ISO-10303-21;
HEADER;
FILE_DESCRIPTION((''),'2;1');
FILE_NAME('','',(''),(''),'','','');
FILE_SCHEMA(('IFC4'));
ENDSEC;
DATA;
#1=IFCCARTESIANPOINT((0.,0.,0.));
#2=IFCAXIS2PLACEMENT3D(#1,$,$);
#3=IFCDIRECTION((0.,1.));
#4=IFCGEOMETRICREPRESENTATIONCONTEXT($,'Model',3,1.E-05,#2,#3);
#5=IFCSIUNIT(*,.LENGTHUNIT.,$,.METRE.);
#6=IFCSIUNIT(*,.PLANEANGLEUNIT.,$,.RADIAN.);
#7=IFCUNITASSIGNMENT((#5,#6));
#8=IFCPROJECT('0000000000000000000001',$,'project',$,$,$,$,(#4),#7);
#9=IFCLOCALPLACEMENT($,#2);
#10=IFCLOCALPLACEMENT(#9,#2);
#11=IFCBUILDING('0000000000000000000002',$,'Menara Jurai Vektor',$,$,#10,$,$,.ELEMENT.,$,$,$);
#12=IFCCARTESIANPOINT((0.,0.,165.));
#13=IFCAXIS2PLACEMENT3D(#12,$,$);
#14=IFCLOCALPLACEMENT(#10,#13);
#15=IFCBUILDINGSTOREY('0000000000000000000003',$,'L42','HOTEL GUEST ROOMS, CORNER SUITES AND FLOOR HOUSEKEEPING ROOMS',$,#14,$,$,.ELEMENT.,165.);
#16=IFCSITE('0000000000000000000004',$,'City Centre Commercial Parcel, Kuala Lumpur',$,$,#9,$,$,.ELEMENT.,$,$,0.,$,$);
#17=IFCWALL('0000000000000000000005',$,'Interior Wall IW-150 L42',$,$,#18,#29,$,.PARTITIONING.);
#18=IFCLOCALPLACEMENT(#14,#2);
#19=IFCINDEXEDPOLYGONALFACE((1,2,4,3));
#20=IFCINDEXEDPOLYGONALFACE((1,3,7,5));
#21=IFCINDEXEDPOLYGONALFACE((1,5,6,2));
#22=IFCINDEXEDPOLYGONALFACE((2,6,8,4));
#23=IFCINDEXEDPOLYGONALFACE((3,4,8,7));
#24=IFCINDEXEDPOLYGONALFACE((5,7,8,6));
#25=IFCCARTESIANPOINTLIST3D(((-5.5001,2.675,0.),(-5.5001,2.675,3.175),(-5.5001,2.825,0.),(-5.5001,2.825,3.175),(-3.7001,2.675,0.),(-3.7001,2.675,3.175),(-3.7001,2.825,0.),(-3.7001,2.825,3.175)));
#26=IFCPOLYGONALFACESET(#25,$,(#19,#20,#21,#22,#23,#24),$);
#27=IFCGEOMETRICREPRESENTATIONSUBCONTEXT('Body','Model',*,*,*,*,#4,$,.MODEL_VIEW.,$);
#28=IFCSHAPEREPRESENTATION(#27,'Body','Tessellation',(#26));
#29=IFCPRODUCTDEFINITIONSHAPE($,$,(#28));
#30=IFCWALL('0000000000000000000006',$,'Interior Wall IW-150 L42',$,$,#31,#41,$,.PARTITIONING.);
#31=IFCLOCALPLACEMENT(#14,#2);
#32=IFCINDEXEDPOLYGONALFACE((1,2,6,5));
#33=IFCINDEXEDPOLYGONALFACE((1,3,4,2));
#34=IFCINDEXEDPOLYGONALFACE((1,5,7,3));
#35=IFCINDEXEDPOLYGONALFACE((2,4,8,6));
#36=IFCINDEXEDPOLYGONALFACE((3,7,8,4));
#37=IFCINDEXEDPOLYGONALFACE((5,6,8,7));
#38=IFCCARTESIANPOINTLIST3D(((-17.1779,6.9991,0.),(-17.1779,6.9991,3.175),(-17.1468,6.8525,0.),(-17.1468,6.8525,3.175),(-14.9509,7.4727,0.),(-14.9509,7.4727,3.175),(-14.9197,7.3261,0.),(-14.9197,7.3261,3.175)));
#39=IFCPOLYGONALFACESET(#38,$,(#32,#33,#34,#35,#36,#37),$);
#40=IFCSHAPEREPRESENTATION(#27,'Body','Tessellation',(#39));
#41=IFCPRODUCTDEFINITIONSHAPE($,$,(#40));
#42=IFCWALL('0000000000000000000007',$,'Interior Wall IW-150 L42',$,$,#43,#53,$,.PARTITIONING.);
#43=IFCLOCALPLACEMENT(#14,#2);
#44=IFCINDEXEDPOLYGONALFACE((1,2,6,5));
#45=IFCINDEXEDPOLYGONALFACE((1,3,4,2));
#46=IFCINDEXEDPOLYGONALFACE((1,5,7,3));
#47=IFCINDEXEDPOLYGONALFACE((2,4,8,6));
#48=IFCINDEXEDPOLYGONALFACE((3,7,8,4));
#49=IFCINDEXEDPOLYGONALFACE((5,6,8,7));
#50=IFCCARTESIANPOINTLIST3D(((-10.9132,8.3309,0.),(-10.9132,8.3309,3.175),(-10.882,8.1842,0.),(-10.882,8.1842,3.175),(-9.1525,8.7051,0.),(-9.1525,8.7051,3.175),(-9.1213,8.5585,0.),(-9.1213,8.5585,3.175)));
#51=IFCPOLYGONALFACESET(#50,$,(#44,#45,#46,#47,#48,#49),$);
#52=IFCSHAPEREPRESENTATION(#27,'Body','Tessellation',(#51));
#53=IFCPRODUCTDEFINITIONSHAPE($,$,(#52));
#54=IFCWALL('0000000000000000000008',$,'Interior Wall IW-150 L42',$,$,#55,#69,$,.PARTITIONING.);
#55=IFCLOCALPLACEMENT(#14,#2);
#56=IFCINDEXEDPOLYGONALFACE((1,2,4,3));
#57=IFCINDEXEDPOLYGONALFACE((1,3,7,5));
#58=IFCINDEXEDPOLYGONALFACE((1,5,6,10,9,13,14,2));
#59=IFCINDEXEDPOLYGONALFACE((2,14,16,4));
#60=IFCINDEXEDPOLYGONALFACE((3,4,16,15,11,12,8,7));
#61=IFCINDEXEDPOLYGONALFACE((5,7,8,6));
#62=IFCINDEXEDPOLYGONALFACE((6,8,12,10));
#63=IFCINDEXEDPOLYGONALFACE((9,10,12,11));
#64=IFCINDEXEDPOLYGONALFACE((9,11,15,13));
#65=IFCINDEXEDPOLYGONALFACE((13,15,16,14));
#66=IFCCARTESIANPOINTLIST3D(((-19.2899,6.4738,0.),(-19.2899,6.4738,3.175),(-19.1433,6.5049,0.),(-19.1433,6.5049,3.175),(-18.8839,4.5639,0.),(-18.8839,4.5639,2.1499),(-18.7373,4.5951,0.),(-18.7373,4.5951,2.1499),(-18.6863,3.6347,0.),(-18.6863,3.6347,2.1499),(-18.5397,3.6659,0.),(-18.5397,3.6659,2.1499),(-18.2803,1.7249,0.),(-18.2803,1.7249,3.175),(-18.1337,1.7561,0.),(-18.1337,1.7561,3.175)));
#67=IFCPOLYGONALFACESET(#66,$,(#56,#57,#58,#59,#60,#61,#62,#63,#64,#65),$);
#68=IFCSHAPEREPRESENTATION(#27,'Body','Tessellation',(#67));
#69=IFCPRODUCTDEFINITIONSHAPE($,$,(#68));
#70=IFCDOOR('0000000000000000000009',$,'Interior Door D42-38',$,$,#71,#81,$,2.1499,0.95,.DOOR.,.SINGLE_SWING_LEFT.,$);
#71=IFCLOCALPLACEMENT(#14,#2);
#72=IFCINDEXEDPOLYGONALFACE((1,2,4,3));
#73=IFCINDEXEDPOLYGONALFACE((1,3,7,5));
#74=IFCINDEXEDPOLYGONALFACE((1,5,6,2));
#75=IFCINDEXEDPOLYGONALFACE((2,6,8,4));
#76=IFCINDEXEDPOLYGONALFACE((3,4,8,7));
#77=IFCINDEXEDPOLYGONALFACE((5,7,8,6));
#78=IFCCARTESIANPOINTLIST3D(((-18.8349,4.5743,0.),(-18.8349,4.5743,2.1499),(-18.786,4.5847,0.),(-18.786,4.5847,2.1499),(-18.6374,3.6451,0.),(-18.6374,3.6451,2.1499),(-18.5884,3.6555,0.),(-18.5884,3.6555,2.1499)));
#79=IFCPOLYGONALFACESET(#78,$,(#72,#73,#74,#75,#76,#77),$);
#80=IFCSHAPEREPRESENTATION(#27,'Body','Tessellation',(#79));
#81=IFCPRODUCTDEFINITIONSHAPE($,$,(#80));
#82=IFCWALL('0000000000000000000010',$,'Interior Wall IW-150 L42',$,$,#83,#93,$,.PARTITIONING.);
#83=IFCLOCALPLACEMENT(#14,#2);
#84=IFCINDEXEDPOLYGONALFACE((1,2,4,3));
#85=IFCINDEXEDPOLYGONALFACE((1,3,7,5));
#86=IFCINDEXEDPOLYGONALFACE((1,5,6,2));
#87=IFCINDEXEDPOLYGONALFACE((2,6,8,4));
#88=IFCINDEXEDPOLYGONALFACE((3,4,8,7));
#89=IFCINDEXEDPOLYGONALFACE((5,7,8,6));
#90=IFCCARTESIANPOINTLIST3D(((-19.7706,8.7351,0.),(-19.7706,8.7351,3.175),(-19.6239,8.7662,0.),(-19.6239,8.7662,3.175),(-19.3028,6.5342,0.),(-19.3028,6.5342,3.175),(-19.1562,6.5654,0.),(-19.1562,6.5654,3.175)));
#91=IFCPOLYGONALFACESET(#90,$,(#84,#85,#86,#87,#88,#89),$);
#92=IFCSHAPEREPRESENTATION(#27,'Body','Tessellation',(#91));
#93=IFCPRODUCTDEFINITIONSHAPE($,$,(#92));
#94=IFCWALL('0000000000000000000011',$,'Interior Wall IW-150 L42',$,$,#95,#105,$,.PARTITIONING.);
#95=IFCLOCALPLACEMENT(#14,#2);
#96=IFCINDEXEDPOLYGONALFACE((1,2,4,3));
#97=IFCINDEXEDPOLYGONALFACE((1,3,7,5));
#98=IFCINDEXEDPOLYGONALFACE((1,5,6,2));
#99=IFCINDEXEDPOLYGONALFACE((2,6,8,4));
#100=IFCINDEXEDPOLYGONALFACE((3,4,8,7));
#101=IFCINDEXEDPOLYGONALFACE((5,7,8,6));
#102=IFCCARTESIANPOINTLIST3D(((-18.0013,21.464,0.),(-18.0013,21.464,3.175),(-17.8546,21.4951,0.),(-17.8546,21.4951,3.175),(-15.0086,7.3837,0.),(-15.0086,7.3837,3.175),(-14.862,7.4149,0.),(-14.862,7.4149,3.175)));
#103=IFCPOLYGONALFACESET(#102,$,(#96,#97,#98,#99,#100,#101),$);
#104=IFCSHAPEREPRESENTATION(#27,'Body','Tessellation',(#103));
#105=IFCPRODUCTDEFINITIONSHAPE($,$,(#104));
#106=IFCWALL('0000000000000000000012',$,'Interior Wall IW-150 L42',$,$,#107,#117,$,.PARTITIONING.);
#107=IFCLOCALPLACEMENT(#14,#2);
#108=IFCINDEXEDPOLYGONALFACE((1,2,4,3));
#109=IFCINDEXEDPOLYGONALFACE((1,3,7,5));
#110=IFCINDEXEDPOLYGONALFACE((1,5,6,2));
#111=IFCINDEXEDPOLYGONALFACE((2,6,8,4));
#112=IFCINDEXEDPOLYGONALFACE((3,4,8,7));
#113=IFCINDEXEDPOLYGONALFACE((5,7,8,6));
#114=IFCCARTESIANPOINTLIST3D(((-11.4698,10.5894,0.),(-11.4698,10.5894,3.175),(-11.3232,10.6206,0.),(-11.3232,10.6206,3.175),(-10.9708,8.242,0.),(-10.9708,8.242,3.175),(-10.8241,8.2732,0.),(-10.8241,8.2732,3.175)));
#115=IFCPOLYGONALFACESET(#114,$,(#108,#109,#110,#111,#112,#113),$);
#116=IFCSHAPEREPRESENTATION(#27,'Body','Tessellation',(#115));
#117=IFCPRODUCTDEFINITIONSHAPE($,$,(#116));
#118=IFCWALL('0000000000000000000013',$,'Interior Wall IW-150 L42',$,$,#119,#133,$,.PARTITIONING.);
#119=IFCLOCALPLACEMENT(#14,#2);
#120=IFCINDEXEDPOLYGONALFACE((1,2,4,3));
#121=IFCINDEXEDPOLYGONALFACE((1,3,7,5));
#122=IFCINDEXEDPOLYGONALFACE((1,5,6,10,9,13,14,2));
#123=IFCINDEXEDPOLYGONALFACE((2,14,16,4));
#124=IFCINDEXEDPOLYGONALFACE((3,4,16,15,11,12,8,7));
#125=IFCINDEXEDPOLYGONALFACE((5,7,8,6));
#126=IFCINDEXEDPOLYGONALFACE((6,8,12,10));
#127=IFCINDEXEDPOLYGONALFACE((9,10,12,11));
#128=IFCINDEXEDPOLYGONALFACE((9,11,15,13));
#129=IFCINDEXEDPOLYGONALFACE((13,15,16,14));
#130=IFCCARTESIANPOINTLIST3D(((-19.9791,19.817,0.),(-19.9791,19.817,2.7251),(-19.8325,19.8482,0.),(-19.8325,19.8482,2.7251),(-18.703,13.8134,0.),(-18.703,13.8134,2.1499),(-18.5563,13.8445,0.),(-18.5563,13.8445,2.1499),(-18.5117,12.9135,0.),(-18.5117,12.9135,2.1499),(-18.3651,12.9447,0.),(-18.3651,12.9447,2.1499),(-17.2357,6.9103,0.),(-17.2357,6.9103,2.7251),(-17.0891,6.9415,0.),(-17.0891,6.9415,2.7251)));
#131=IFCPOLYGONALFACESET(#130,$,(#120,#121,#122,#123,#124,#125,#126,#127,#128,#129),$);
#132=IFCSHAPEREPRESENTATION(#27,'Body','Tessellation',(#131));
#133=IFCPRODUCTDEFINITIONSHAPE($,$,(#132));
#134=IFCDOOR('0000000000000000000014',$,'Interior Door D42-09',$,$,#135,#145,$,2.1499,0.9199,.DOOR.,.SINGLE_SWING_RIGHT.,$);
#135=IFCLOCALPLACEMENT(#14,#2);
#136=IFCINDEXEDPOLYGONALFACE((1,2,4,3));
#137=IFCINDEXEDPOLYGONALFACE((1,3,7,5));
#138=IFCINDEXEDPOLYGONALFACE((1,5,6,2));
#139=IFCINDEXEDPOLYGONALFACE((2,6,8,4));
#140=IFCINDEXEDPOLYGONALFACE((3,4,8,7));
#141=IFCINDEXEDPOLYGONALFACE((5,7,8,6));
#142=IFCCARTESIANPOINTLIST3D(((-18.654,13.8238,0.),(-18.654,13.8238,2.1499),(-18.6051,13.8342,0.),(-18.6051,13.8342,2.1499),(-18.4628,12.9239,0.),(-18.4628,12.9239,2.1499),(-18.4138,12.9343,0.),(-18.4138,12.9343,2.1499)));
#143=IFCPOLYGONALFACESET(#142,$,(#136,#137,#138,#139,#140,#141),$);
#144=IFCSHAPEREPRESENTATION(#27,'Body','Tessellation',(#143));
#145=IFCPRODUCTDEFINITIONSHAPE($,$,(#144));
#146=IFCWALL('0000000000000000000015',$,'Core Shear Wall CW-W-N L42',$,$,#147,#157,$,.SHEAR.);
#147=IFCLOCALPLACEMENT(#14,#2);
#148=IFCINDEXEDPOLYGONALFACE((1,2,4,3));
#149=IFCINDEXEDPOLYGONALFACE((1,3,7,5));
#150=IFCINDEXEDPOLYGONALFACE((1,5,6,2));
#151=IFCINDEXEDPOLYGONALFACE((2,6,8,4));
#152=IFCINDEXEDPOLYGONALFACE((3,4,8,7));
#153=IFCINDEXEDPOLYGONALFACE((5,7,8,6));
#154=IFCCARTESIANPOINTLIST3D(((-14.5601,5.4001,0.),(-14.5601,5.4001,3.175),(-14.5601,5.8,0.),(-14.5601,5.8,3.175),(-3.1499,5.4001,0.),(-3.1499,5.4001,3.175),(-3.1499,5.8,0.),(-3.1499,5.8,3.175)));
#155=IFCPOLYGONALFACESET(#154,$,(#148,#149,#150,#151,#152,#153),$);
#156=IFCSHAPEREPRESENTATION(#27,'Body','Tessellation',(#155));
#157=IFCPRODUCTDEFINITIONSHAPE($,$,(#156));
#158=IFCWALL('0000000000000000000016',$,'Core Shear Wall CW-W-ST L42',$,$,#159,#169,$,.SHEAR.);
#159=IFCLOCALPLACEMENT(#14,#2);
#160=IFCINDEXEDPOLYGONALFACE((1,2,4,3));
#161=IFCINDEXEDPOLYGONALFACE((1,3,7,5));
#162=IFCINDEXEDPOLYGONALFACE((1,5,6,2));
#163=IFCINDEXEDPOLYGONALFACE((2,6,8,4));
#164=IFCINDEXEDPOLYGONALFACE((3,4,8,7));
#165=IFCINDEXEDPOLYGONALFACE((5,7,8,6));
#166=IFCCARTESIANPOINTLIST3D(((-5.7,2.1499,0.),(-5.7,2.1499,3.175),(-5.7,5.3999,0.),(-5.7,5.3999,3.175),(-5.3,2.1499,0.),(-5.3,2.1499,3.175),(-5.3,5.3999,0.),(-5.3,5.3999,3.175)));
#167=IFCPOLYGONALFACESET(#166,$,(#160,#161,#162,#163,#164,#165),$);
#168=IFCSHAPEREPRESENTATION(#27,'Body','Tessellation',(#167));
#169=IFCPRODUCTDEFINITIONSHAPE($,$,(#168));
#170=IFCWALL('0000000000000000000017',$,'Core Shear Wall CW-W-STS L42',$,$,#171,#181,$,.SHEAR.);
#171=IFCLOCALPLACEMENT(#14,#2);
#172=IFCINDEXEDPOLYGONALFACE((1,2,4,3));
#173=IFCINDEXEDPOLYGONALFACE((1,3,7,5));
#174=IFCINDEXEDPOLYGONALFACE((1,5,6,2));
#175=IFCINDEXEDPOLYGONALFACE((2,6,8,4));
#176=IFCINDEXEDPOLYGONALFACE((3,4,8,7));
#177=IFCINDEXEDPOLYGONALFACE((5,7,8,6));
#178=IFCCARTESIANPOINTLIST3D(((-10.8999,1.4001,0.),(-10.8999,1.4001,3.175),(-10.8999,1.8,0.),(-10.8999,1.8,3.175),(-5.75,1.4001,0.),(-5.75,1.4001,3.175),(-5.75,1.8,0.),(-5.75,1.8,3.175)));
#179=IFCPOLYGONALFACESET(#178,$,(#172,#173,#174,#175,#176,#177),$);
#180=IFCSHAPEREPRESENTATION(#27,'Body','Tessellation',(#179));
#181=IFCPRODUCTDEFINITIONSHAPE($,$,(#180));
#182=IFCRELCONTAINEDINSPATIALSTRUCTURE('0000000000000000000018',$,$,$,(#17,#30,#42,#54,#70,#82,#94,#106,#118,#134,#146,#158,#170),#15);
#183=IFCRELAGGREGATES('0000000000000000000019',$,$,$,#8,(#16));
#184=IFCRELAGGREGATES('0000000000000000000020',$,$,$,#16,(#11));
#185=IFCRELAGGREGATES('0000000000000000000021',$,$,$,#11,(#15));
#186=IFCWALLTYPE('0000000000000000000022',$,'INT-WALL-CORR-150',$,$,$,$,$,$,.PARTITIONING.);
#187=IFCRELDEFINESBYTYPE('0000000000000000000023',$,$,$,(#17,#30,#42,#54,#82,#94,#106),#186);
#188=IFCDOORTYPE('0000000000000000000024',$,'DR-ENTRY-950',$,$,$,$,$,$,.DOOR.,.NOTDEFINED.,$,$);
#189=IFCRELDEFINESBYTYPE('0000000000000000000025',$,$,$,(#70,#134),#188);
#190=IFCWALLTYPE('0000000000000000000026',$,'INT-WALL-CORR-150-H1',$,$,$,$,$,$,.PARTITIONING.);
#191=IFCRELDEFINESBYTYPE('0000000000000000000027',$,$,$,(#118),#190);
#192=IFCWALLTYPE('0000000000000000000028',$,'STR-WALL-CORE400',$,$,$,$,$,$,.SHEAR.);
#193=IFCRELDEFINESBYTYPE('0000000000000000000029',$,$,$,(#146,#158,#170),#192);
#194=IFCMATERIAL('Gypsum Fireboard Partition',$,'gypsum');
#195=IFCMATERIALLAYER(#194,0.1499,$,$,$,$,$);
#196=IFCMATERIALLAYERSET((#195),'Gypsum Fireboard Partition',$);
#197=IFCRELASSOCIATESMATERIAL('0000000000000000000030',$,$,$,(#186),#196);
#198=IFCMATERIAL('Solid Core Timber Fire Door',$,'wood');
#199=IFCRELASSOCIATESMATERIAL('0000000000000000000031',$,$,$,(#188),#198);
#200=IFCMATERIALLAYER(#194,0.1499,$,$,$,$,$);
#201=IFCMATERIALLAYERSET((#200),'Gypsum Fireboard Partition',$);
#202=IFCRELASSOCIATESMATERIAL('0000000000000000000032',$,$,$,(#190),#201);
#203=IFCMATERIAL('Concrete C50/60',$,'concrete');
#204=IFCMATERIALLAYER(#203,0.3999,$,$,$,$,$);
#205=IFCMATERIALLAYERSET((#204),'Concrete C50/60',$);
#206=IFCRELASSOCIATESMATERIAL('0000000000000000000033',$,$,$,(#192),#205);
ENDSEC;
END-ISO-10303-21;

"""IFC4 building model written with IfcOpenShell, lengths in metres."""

from ifc_helpers import new_model, si_unit, direction, frame, frame_2d, origin, place, context, subcontext, project, spatial, rectangle, extrude, material, layer, layer_set, type_object, element, fill, save


model = new_model("IFC4")

# Units and contexts
model_context = context("Model", 3, precision=1e-05, world=origin(), true_north=direction((0.0, 1.0)))
body_context = subcontext(model_context, "Body", "Model", "MODEL_VIEW")
ifc_project = project(units=[si_unit("LENGTHUNIT", "METRE"), si_unit("PLANEANGLEUNIT", "RADIAN")], contexts=[model_context])

# Site, building, storey
site_placement = place(None, origin())
site = spatial("IfcSite", under=ifc_project, at=site_placement, Name="City Centre Commercial Parcel, Kuala Lumpur", CompositionType="ELEMENT", RefElevation=0.0)
building_placement = place(site_placement, origin())
building = spatial("IfcBuilding", under=site, at=building_placement, Name="Menara Jurai Vektor", CompositionType="ELEMENT")
storey_placement = place(building_placement, frame((0.0, 0.0, 165.0)))
storey = spatial("IfcBuildingStorey", under=building, at=storey_placement, Name="L42", Description="HOTEL GUEST ROOMS, CORNER SUITES AND FLOOR HOUSEKEEPING ROOMS", CompositionType="ELEMENT", Elevation=165.0)

# Shared definitions
ifc_material_1 = material(Name="Concrete C50/60", Category="concrete")

# Walls
ifc_material_2 = material(Name="Gypsum Fireboard Partition", Category="gypsum")
ifc_layer_1 = layer(ifc_material_2, 0.1499)
ifc_layer_set_1 = layer_set([ifc_layer_1], Name="Gypsum Fireboard Partition")
wall_type_1 = type_object("IfcWallType", Name="INT-WALL-CORR-150", PredefinedType="PARTITIONING", material=ifc_layer_set_1)
wall_1_placement = place(storey_placement, frame((-5.5, 2.75, 0.0), z_axis=(0.0, 0.0, 1.0), x_axis=(1.0, 0.0, 0.0)))
element("IfcWall", 1, at=wall_1_placement, inside=storey, type_object=wall_type_1, Name="Interior Wall IW-150 L42", PredefinedType="PARTITIONING", context=body_context, shape_type="SweptSolid", body=[
    extrude(rectangle(XDim=1.8, YDim=0.1499, at=frame_2d((0.8999, 0.0))), origin(), (0.0, 0.0, 1.0), 3.175),
])
wall_2_placement = place(storey_placement, frame((-17.1624, 6.9258, 0.0), z_axis=(0.0, 0.0, 1.0), x_axis=(0.978125, 0.20802, 0.0)))
element("IfcWall", 2, at=wall_2_placement, inside=storey, type_object=wall_type_1, Name="Interior Wall IW-150 L42", PredefinedType="PARTITIONING", context=body_context, shape_type="SweptSolid", body=[
    extrude(rectangle(XDim=2.2769, YDim=0.1499, at=frame_2d((1.1384, 0.0))), origin(), (0.0, 0.0, 1.0), 3.175),
])

# Shared definitions
ifc_material_3 = material(Name="Solid Core Timber Fire Door", Category="wood")
door_type_1 = type_object("IfcDoorType", Name="DR-ENTRY-950", OperationType="NOTDEFINED", PredefinedType="DOOR", material=ifc_material_3)

# Wall
wall_3_placement = place(storey_placement, frame((-10.8975, 8.2576, 0.0), z_axis=(0.0, 0.0, 1.0), x_axis=(0.978146, 0.207917, 0.0)))
element("IfcWall", 3, at=wall_3_placement, inside=storey, type_object=wall_type_1, Name="Interior Wall IW-150 L42", PredefinedType="PARTITIONING", context=body_context, shape_type="SweptSolid", body=[
    extrude(rectangle(XDim=1.8, YDim=0.1499, at=frame_2d((0.8999, 0.0))), origin(), (0.0, 0.0, 1.0), 3.175),
])

# Wall, opening, door
wall_4_placement = place(storey_placement, frame((-18.207, 1.7405, 0.0), z_axis=(0.0, 0.0, 1.0), x_axis=(-0.207939, 0.978142, 0.0)))
wall_4 = element("IfcWall", 4, at=wall_4_placement, inside=storey, type_object=wall_type_1, Name="Interior Wall IW-150 L42", PredefinedType="PARTITIONING", context=body_context, shape_type="SweptSolid", body=[
    extrude(rectangle(XDim=4.855, YDim=0.1499, at=frame_2d((2.4275, 0.0))), origin(), (0.0, 0.0, 1.0), 3.175),
])
opening_1_placement = place(wall_4_placement, frame((1.9524, 0.0, 0.0)))
opening_1 = element("IfcOpeningElement", 5, at=opening_1_placement, cuts=wall_4, PredefinedType="OPENING", context=body_context, shape_type="SweptSolid", body=[
    extrude(rectangle(XDim=0.95, YDim=2.1499, at=frame_2d((0.4751, 1.075))), frame((0.0, 0.085, 0.0), z_axis=(0.0, -1.0, 0.0), x_axis=(1.0, 0.0, 0.0)), (0.0, 0.0, 1.0), 0.1699),
])
door_1_placement = place(opening_1_placement, origin())
door_1 = element("IfcDoor", 6, at=door_1_placement, inside=storey, type_object=door_type_1, Name="Interior Door D42-38", OperationType="SINGLE_SWING_LEFT", OverallHeight=2.1499, OverallWidth=0.95, PredefinedType="DOOR", context=body_context, shape_type="SweptSolid", body=[
    extrude(rectangle(XDim=0.95, YDim=2.1499, at=frame_2d((0.4751, 1.075))), frame((0.0, 0.0249, 0.0), z_axis=(0.0, -1.0, 0.0), x_axis=(1.0, 0.0, 0.0)), (0.0, 0.0, 1.0), 0.05),
])
fill(opening_1, door_1)

# Walls
wall_5_placement = place(storey_placement, frame((-19.2295, 6.5498, 0.0), z_axis=(0.0, 0.0, 1.0), x_axis=(-0.207891, 0.978152, 0.0)))
element("IfcWall", 7, at=wall_5_placement, inside=storey, type_object=wall_type_1, Name="Interior Wall IW-150 L42", PredefinedType="PARTITIONING", context=body_context, shape_type="SweptSolid", body=[
    extrude(rectangle(XDim=2.25, YDim=0.1499, at=frame_2d((1.125, 0.0))), origin(), (0.0, 0.0, 1.0), 3.175),
])
wall_6_placement = place(storey_placement, frame((-14.9353, 7.3994, 0.0), z_axis=(0.0, 0.0, 1.0), x_axis=(-0.207899, 0.97815, 0.0)))
element("IfcWall", 8, at=wall_6_placement, inside=storey, type_object=wall_type_1, Name="Interior Wall IW-150 L42", PredefinedType="PARTITIONING", context=body_context, shape_type="SweptSolid", body=[
    extrude(rectangle(XDim=14.3948, YDim=0.1499, at=frame_2d((7.1973, 0.0))), origin(), (0.0, 0.0, 1.0), 3.175),
])
wall_7_placement = place(storey_placement, frame((-10.8975, 8.2576, 0.0), z_axis=(0.0, 0.0, 1.0), x_axis=(-0.207938, 0.978142, 0.0)))
element("IfcWall", 9, at=wall_7_placement, inside=storey, type_object=wall_type_1, Name="Interior Wall IW-150 L42", PredefinedType="PARTITIONING", context=body_context, shape_type="SweptSolid", body=[
    extrude(rectangle(XDim=2.3999, YDim=0.1499, at=frame_2d((1.2, 0.0))), origin(), (0.0, 0.0, 1.0), 3.175),
])

# Wall, opening, door
ifc_layer_2 = layer(ifc_material_2, 0.1499)
ifc_layer_set_2 = layer_set([ifc_layer_2], Name="Gypsum Fireboard Partition")
wall_type_2 = type_object("IfcWallType", Name="INT-WALL-CORR-150-H1", PredefinedType="PARTITIONING", material=ifc_layer_set_2)
wall_8_placement = place(storey_placement, frame((-17.1624, 6.9258, 0.0), z_axis=(0.0, 0.0, 1.0), x_axis=(-0.207911, 0.978148, 0.0)))
wall_8 = element("IfcWall", 10, at=wall_8_placement, inside=storey, type_object=wall_type_2, Name="Interior Wall IW-150 L42", PredefinedType="PARTITIONING", context=body_context, shape_type="SweptSolid", body=[
    extrude(rectangle(XDim=13.1951, YDim=0.1499, at=frame_2d((6.5977, 0.0))), origin(), (0.0, 0.0, 1.0), 2.7251),
])
opening_2_placement = place(wall_8_placement, frame((6.1375, 0.0, 0.0)))
opening_2 = element("IfcOpeningElement", 11, at=opening_2_placement, cuts=wall_8, PredefinedType="OPENING", context=body_context, shape_type="SweptSolid", body=[
    extrude(rectangle(XDim=0.9199, YDim=2.1499, at=frame_2d((0.46, 1.075))), frame((0.0, 0.085, 0.0), z_axis=(0.0, -1.0, 0.0), x_axis=(1.0, 0.0, 0.0)), (0.0, 0.0, 1.0), 0.1699),
])
door_2_placement = place(opening_2_placement, origin())
door_2 = element("IfcDoor", 12, at=door_2_placement, inside=storey, type_object=door_type_1, Name="Interior Door D42-09", OperationType="SINGLE_SWING_RIGHT", OverallHeight=2.1499, OverallWidth=0.9199, PredefinedType="DOOR", context=body_context, shape_type="SweptSolid", body=[
    extrude(rectangle(XDim=0.9199, YDim=2.1499, at=frame_2d((0.46, 1.075))), frame((0.0, 0.0249, 0.0), z_axis=(0.0, -1.0, 0.0), x_axis=(1.0, 0.0, 0.0)), (0.0, 0.0, 1.0), 0.05),
])
fill(opening_2, door_2)

# Walls
ifc_layer_3 = layer(ifc_material_1, 0.3999)
ifc_layer_set_3 = layer_set([ifc_layer_3], Name="Concrete C50/60")
wall_type_3 = type_object("IfcWallType", Name="STR-WALL-CORE400", PredefinedType="SHEAR", material=ifc_layer_set_3)
wall_9_placement = place(storey_placement, frame((-14.5601, 5.6001, 0.0), z_axis=(0.0, 0.0, 1.0), x_axis=(1.0, 0.0, 0.0)))
element("IfcWall", 13, at=wall_9_placement, inside=storey, type_object=wall_type_3, Name="Core Shear Wall CW-W-N L42", PredefinedType="SHEAR", context=body_context, shape_type="SweptSolid", body=[
    extrude(rectangle(XDim=11.4102, YDim=0.3999, at=frame_2d((5.7051, 0.0))), origin(), (0.0, 0.0, 1.0), 3.175),
])
wall_10_placement = place(storey_placement, frame((-5.5, 2.1499, 0.0), z_axis=(0.0, 0.0, 1.0), x_axis=(0.0, 1.0, 0.0)))
element("IfcWall", 14, at=wall_10_placement, inside=storey, type_object=wall_type_3, Name="Core Shear Wall CW-W-ST L42", PredefinedType="SHEAR", context=body_context, shape_type="SweptSolid", body=[
    extrude(rectangle(XDim=3.25, YDim=0.3999, at=frame_2d((1.625, 0.0))), origin(), (0.0, 0.0, 1.0), 3.175),
])
wall_11_placement = place(storey_placement, frame((-10.8999, 1.6001, 0.0), z_axis=(0.0, 0.0, 1.0), x_axis=(1.0, 0.0, 0.0)))
element("IfcWall", 15, at=wall_11_placement, inside=storey, type_object=wall_type_3, Name="Core Shear Wall CW-W-STS L42", PredefinedType="SHEAR", context=body_context, shape_type="SweptSolid", body=[
    extrude(rectangle(XDim=5.1499, YDim=0.3999, at=frame_2d((2.575, 0.0))), origin(), (0.0, 0.0, 1.0), 3.175),
])

save(model, "model.ifc")
